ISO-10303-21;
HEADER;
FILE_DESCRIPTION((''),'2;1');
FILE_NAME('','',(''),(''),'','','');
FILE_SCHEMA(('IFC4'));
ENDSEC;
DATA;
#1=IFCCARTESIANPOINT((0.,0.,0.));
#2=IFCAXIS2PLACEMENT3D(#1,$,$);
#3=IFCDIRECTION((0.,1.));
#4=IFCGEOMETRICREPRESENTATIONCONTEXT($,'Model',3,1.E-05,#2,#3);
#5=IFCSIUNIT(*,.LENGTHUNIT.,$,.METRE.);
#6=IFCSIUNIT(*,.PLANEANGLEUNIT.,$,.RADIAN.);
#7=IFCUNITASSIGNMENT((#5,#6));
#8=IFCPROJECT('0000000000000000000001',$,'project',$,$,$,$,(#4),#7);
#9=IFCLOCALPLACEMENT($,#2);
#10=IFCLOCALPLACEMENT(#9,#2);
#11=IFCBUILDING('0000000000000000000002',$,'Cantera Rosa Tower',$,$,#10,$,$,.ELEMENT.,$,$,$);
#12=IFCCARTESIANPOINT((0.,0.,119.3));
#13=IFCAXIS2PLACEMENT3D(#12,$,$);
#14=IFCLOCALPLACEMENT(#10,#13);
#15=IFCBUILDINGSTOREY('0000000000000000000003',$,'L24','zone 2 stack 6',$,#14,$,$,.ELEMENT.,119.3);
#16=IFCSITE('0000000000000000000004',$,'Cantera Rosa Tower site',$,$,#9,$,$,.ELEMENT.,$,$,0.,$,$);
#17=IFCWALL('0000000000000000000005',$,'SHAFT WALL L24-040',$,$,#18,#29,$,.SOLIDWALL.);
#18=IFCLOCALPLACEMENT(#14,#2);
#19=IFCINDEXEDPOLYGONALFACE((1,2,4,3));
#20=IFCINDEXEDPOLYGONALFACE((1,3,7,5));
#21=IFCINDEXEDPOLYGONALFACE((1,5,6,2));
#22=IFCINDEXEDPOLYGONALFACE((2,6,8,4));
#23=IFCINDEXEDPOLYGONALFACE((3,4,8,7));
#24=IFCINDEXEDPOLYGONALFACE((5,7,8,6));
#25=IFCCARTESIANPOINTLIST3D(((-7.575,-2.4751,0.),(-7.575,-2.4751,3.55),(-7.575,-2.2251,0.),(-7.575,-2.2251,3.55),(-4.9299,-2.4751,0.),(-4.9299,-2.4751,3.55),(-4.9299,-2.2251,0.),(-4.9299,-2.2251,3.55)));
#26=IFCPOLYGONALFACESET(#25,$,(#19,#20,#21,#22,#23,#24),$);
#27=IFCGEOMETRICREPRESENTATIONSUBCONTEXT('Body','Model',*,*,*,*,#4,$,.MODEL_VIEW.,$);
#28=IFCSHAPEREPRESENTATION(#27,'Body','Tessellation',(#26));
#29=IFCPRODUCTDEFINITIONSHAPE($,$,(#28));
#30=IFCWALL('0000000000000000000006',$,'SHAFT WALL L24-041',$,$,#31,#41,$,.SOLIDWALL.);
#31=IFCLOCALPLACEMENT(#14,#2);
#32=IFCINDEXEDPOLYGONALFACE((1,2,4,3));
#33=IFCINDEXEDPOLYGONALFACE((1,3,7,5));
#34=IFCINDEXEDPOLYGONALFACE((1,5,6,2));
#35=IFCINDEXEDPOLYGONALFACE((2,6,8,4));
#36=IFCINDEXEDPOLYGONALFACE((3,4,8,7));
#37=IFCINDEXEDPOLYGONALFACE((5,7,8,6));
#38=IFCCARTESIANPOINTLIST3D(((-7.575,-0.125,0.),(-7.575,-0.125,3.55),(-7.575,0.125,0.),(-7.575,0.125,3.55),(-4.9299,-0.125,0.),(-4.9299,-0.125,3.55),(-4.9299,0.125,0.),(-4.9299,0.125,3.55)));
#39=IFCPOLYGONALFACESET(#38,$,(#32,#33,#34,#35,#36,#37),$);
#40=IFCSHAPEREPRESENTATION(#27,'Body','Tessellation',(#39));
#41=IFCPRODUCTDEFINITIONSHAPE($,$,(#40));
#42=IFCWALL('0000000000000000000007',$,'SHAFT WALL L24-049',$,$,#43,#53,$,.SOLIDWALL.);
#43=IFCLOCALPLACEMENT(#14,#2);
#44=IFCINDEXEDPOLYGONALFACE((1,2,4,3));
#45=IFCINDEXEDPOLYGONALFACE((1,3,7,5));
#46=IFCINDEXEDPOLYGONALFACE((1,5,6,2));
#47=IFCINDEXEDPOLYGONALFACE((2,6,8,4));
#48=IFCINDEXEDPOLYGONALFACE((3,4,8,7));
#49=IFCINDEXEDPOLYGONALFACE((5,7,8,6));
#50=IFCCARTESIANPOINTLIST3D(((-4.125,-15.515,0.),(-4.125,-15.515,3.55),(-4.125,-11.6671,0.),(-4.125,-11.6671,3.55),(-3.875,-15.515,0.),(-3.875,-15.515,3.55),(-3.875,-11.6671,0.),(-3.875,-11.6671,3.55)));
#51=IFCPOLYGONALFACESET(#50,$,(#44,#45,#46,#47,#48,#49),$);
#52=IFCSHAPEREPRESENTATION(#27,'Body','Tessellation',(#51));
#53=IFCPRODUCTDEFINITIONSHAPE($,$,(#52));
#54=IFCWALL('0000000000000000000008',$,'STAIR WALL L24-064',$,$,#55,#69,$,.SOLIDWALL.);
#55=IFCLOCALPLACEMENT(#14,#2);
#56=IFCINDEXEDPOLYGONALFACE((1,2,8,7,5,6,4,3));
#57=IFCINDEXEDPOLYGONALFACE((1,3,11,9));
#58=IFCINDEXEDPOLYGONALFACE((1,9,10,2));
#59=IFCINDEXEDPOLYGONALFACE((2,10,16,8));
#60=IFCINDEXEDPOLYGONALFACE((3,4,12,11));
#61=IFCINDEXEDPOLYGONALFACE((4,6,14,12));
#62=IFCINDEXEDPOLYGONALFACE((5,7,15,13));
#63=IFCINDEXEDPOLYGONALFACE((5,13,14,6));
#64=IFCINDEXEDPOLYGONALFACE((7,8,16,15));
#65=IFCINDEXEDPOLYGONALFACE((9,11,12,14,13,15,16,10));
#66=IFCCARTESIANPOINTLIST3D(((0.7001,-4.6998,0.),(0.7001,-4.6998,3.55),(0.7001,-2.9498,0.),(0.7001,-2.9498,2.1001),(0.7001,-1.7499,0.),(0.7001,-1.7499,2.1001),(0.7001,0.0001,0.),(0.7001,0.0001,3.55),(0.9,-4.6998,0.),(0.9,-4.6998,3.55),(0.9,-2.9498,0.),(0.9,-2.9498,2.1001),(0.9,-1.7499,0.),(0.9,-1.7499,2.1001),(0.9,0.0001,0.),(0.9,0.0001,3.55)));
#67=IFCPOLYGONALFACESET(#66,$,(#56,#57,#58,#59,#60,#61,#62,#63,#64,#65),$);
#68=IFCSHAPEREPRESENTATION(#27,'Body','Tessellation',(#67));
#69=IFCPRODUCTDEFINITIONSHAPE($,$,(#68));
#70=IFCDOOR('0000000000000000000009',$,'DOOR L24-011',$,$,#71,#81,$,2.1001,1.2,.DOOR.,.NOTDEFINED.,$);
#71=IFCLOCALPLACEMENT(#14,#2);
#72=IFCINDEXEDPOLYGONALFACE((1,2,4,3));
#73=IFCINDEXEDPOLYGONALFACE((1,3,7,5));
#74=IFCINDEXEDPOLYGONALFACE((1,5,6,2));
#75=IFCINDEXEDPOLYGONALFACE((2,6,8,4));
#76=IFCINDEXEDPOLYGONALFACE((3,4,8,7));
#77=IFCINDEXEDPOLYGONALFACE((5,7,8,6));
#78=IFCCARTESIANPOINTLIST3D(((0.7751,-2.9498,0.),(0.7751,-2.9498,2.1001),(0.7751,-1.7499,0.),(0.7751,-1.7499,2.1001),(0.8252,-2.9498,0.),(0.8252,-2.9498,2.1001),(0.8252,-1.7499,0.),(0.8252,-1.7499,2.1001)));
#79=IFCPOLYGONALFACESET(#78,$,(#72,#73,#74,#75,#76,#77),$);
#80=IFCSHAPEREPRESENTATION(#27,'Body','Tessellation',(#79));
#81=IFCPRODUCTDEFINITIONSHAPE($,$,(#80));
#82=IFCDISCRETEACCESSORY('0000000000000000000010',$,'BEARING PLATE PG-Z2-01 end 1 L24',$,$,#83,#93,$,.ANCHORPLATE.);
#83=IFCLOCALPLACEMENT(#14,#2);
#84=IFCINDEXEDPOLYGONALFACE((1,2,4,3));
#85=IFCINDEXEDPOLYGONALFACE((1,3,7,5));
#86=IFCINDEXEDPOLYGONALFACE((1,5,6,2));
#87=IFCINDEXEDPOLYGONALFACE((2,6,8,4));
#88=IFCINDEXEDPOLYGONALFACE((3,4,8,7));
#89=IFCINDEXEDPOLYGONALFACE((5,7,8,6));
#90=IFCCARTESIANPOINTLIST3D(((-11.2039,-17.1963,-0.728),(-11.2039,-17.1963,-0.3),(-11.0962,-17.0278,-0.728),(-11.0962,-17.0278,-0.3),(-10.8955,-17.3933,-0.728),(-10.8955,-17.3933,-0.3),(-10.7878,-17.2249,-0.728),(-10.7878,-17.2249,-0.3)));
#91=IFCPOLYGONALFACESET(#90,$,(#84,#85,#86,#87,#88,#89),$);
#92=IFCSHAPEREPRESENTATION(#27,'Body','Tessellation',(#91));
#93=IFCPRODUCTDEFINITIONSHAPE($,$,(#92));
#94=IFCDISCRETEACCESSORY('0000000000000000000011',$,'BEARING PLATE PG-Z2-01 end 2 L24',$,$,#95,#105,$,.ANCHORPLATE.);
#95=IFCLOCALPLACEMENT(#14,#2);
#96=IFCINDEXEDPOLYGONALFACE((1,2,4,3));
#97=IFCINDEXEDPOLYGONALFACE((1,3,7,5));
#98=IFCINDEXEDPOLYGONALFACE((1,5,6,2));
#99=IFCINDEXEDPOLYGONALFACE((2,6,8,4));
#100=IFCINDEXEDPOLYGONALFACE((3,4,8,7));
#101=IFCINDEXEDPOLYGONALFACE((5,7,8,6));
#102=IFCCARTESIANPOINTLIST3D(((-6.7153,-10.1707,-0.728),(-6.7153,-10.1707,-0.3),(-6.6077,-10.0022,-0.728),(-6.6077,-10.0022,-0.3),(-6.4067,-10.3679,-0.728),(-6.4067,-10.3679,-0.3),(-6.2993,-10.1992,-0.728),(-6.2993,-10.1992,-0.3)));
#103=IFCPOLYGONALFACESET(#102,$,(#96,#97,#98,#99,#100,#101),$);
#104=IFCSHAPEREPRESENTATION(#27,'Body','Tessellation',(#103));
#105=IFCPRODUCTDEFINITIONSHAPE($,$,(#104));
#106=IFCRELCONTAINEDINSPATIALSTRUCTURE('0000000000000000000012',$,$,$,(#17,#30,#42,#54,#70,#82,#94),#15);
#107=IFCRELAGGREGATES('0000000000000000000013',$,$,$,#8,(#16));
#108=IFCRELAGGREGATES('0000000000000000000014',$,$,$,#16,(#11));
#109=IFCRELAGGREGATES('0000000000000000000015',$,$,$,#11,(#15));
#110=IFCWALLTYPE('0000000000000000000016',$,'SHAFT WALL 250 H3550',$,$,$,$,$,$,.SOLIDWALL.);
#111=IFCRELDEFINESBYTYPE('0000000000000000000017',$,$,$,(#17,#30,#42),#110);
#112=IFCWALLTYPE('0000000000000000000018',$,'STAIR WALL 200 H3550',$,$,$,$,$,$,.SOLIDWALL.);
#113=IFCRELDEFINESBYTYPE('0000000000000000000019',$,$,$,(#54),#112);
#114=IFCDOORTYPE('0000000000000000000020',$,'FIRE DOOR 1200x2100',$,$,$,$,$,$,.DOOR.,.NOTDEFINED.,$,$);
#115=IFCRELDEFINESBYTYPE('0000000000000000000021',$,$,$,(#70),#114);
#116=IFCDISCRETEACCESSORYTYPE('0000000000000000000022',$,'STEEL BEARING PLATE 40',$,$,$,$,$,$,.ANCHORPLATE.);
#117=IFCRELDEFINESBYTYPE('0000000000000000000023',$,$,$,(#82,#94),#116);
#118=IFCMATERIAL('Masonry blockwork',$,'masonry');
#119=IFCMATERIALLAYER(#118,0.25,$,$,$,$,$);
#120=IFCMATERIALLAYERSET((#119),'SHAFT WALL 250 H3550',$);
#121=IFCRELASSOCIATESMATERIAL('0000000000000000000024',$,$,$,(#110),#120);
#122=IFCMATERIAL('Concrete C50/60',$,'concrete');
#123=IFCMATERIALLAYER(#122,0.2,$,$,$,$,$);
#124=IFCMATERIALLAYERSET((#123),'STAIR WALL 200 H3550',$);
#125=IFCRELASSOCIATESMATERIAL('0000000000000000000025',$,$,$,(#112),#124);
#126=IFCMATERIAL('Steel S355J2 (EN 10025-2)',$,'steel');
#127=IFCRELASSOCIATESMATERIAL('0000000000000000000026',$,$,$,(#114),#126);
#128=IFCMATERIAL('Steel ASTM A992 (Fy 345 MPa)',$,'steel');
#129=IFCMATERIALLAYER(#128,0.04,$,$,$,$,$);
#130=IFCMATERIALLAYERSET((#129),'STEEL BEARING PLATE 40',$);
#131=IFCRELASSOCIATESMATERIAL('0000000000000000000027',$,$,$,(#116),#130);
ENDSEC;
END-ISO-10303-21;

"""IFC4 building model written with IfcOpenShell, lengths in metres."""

from ifc_helpers import new_model, si_unit, direction, frame, frame_2d, origin, place, context, subcontext, project, spatial, polyline, rectangle, outline, extrude, material, layer, layer_set, type_object, element, fill, save


model = new_model("IFC4")

# Units and contexts
model_context = context("Model", 3, precision=1e-05, world=origin(), true_north=direction((0.0, 1.0)))
body_context = subcontext(model_context, "Body", "Model", "MODEL_VIEW")
ifc_project = project(units=[si_unit("LENGTHUNIT", "METRE"), si_unit("PLANEANGLEUNIT", "RADIAN")], contexts=[model_context])

# Site, building, storey
site_placement = place(None, origin())
site = spatial("IfcSite", under=ifc_project, at=site_placement, Name="Cantera Rosa Tower site", CompositionType="ELEMENT", RefElevation=0.0)
building_placement = place(site_placement, origin())
building = spatial("IfcBuilding", under=site, at=building_placement, Name="Cantera Rosa Tower", CompositionType="ELEMENT")
storey_placement = place(building_placement, frame((0.0, 0.0, 119.3)))
storey = spatial("IfcBuildingStorey", under=building, at=storey_placement, Name="L24", Description="zone 2 stack 6", CompositionType="ELEMENT", Elevation=119.3)

# Walls
ifc_material_1 = material(Name="Masonry blockwork", Category="masonry")
ifc_layer_1 = layer(ifc_material_1, 0.25)
ifc_layer_set_1 = layer_set([ifc_layer_1], Name="SHAFT WALL 250 H3550")
wall_type_1 = type_object("IfcWallType", Name="SHAFT WALL 250 H3550", PredefinedType="SOLIDWALL", material=ifc_layer_set_1)
for number, where, z_axis, x_axis, name in (
    (1, (-7.575, -2.3501, 0.0), (0.0, 0.0, 1.0), (1.0, 0.0, 0.0), "SHAFT WALL L24-040"),
    (2, (-7.575, 0.0, 0.0), (0.0, 0.0, 1.0), (1.0, 0.0, 0.0), "SHAFT WALL L24-041"),
):
    element("IfcWall", number, at=place(storey_placement, frame(where, z_axis=z_axis, x_axis=x_axis)), inside=storey, type_object=wall_type_1, Name=name, PredefinedType="SOLIDWALL", context=body_context, shape_type="SweptSolid", body=[
        extrude(rectangle(XDim=2.645, YDim=0.25, at=frame_2d((1.3225, 0.0))), origin(), (0.0, 0.0, 1.0), 3.55),
    ])
wall_1_placement = place(storey_placement, frame((-4.0, -11.6672, 0.0), z_axis=(0.0, 0.0, 1.0), x_axis=(0.0, -1.0, 0.0)))
element("IfcWall", 3, at=wall_1_placement, inside=storey, type_object=wall_type_1, Name="SHAFT WALL L24-049", PredefinedType="SOLIDWALL", context=body_context, shape_type="SweptSolid", body=[
    extrude(rectangle(XDim=3.8479, YDim=0.25, at=frame_2d((1.9238, 0.0))), origin(), (0.0, 0.0, 1.0), 3.55),
])

# Wall, opening, door
ifc_material_2 = material(Name="Concrete C50/60", Category="concrete")
ifc_layer_2 = layer(ifc_material_2, 0.2)
ifc_layer_set_2 = layer_set([ifc_layer_2], Name="STAIR WALL 200 H3550")
wall_type_2 = type_object("IfcWallType", Name="STAIR WALL 200 H3550", PredefinedType="SOLIDWALL", material=ifc_layer_set_2)
wall_2_placement = place(storey_placement, frame((0.8, -4.7, 0.0), z_axis=(0.0, 0.0, 1.0), x_axis=(0.0, 1.0, 0.0)))
wall_2 = element("IfcWall", 4, at=wall_2_placement, inside=storey, type_object=wall_type_2, Name="STAIR WALL L24-064", PredefinedType="SOLIDWALL", context=body_context, shape_type="SweptSolid", body=[
    extrude(rectangle(XDim=4.7, YDim=0.2, at=frame_2d((2.3501, 0.0))), origin(), (0.0, 0.0, 1.0), 3.55),
])
opening_1_placement = place(wall_2_placement, frame((1.75, 0.0, 0.0)))
opening_1 = element("IfcOpeningElement", 5, at=opening_1_placement, cuts=wall_2, PredefinedType="OPENING", context=body_context, shape_type="SweptSolid", body=[
    extrude(rectangle(XDim=1.2, YDim=2.1001, at=frame_2d((0.6001, 1.05))), frame((0.0, 0.1099, 0.0), z_axis=(0.0, -1.0, 0.0), x_axis=(1.0, 0.0, 0.0)), (0.0, 0.0, 1.0), 0.22),
])
ifc_material_3 = material(Name="Steel S355J2 (EN 10025-2)", Category="steel")
door_type_1 = type_object("IfcDoorType", Name="FIRE DOOR 1200x2100", OperationType="NOTDEFINED", PredefinedType="DOOR", material=ifc_material_3)
door_1_placement = place(opening_1_placement, origin())
door_1 = element("IfcDoor", 6, at=door_1_placement, inside=storey, type_object=door_type_1, Name="DOOR L24-011", OperationType="NOTDEFINED", OverallHeight=2.1001, OverallWidth=1.2, PredefinedType="DOOR", context=body_context, shape_type="SweptSolid", body=[
    extrude(rectangle(XDim=1.2, YDim=2.1001, at=frame_2d((0.6001, 1.05))), frame((0.0, 0.0249, 0.0), z_axis=(0.0, -1.0, 0.0), x_axis=(1.0, 0.0, 0.0)), (0.0, 0.0, 1.0), 0.05),
])
fill(opening_1, door_1)

# Discrete accessories
ifc_material_4 = material(Name="Steel ASTM A992 (Fy 345 MPa)", Category="steel")
ifc_layer_3 = layer(ifc_material_4, 0.04)
ifc_layer_set_3 = layer_set([ifc_layer_3], Name="STEEL BEARING PLATE 40")
discrete_accessory_type = type_object("IfcDiscreteAccessoryType", Name="STEEL BEARING PLATE 40", PredefinedType="ANCHORPLATE", material=ifc_layer_set_3)
discrete_accessory_1_placement = place(storey_placement, frame((0.0, 0.0, -0.728)))
element("IfcDiscreteAccessory", 7, at=discrete_accessory_1_placement, inside=storey, type_object=discrete_accessory_type, Name="BEARING PLATE PG-Z2-01 end 1 L24", PredefinedType="ANCHORPLATE", context=body_context, shape_type="SweptSolid", body=[
    extrude(outline(polyline([(-11.0962, -17.0278), (-11.2039, -17.1963), (-10.8955, -17.3933), (-10.7878, -17.2249), (-11.0962, -17.0278)])), origin(), (0.0, 0.0, 1.0), 0.428),
])
discrete_accessory_2_placement = place(storey_placement, frame((0.0, 0.0, -0.728)))
element("IfcDiscreteAccessory", 8, at=discrete_accessory_2_placement, inside=storey, type_object=discrete_accessory_type, Name="BEARING PLATE PG-Z2-01 end 2 L24", PredefinedType="ANCHORPLATE", context=body_context, shape_type="SweptSolid", body=[
    extrude(outline(polyline([(-6.4067, -10.3679), (-6.2993, -10.1992), (-6.6077, -10.0022), (-6.7153, -10.1707), (-6.4067, -10.3679)])), origin(), (0.0, 0.0, 1.0), 0.428),
])

save(model, "model.ifc")
